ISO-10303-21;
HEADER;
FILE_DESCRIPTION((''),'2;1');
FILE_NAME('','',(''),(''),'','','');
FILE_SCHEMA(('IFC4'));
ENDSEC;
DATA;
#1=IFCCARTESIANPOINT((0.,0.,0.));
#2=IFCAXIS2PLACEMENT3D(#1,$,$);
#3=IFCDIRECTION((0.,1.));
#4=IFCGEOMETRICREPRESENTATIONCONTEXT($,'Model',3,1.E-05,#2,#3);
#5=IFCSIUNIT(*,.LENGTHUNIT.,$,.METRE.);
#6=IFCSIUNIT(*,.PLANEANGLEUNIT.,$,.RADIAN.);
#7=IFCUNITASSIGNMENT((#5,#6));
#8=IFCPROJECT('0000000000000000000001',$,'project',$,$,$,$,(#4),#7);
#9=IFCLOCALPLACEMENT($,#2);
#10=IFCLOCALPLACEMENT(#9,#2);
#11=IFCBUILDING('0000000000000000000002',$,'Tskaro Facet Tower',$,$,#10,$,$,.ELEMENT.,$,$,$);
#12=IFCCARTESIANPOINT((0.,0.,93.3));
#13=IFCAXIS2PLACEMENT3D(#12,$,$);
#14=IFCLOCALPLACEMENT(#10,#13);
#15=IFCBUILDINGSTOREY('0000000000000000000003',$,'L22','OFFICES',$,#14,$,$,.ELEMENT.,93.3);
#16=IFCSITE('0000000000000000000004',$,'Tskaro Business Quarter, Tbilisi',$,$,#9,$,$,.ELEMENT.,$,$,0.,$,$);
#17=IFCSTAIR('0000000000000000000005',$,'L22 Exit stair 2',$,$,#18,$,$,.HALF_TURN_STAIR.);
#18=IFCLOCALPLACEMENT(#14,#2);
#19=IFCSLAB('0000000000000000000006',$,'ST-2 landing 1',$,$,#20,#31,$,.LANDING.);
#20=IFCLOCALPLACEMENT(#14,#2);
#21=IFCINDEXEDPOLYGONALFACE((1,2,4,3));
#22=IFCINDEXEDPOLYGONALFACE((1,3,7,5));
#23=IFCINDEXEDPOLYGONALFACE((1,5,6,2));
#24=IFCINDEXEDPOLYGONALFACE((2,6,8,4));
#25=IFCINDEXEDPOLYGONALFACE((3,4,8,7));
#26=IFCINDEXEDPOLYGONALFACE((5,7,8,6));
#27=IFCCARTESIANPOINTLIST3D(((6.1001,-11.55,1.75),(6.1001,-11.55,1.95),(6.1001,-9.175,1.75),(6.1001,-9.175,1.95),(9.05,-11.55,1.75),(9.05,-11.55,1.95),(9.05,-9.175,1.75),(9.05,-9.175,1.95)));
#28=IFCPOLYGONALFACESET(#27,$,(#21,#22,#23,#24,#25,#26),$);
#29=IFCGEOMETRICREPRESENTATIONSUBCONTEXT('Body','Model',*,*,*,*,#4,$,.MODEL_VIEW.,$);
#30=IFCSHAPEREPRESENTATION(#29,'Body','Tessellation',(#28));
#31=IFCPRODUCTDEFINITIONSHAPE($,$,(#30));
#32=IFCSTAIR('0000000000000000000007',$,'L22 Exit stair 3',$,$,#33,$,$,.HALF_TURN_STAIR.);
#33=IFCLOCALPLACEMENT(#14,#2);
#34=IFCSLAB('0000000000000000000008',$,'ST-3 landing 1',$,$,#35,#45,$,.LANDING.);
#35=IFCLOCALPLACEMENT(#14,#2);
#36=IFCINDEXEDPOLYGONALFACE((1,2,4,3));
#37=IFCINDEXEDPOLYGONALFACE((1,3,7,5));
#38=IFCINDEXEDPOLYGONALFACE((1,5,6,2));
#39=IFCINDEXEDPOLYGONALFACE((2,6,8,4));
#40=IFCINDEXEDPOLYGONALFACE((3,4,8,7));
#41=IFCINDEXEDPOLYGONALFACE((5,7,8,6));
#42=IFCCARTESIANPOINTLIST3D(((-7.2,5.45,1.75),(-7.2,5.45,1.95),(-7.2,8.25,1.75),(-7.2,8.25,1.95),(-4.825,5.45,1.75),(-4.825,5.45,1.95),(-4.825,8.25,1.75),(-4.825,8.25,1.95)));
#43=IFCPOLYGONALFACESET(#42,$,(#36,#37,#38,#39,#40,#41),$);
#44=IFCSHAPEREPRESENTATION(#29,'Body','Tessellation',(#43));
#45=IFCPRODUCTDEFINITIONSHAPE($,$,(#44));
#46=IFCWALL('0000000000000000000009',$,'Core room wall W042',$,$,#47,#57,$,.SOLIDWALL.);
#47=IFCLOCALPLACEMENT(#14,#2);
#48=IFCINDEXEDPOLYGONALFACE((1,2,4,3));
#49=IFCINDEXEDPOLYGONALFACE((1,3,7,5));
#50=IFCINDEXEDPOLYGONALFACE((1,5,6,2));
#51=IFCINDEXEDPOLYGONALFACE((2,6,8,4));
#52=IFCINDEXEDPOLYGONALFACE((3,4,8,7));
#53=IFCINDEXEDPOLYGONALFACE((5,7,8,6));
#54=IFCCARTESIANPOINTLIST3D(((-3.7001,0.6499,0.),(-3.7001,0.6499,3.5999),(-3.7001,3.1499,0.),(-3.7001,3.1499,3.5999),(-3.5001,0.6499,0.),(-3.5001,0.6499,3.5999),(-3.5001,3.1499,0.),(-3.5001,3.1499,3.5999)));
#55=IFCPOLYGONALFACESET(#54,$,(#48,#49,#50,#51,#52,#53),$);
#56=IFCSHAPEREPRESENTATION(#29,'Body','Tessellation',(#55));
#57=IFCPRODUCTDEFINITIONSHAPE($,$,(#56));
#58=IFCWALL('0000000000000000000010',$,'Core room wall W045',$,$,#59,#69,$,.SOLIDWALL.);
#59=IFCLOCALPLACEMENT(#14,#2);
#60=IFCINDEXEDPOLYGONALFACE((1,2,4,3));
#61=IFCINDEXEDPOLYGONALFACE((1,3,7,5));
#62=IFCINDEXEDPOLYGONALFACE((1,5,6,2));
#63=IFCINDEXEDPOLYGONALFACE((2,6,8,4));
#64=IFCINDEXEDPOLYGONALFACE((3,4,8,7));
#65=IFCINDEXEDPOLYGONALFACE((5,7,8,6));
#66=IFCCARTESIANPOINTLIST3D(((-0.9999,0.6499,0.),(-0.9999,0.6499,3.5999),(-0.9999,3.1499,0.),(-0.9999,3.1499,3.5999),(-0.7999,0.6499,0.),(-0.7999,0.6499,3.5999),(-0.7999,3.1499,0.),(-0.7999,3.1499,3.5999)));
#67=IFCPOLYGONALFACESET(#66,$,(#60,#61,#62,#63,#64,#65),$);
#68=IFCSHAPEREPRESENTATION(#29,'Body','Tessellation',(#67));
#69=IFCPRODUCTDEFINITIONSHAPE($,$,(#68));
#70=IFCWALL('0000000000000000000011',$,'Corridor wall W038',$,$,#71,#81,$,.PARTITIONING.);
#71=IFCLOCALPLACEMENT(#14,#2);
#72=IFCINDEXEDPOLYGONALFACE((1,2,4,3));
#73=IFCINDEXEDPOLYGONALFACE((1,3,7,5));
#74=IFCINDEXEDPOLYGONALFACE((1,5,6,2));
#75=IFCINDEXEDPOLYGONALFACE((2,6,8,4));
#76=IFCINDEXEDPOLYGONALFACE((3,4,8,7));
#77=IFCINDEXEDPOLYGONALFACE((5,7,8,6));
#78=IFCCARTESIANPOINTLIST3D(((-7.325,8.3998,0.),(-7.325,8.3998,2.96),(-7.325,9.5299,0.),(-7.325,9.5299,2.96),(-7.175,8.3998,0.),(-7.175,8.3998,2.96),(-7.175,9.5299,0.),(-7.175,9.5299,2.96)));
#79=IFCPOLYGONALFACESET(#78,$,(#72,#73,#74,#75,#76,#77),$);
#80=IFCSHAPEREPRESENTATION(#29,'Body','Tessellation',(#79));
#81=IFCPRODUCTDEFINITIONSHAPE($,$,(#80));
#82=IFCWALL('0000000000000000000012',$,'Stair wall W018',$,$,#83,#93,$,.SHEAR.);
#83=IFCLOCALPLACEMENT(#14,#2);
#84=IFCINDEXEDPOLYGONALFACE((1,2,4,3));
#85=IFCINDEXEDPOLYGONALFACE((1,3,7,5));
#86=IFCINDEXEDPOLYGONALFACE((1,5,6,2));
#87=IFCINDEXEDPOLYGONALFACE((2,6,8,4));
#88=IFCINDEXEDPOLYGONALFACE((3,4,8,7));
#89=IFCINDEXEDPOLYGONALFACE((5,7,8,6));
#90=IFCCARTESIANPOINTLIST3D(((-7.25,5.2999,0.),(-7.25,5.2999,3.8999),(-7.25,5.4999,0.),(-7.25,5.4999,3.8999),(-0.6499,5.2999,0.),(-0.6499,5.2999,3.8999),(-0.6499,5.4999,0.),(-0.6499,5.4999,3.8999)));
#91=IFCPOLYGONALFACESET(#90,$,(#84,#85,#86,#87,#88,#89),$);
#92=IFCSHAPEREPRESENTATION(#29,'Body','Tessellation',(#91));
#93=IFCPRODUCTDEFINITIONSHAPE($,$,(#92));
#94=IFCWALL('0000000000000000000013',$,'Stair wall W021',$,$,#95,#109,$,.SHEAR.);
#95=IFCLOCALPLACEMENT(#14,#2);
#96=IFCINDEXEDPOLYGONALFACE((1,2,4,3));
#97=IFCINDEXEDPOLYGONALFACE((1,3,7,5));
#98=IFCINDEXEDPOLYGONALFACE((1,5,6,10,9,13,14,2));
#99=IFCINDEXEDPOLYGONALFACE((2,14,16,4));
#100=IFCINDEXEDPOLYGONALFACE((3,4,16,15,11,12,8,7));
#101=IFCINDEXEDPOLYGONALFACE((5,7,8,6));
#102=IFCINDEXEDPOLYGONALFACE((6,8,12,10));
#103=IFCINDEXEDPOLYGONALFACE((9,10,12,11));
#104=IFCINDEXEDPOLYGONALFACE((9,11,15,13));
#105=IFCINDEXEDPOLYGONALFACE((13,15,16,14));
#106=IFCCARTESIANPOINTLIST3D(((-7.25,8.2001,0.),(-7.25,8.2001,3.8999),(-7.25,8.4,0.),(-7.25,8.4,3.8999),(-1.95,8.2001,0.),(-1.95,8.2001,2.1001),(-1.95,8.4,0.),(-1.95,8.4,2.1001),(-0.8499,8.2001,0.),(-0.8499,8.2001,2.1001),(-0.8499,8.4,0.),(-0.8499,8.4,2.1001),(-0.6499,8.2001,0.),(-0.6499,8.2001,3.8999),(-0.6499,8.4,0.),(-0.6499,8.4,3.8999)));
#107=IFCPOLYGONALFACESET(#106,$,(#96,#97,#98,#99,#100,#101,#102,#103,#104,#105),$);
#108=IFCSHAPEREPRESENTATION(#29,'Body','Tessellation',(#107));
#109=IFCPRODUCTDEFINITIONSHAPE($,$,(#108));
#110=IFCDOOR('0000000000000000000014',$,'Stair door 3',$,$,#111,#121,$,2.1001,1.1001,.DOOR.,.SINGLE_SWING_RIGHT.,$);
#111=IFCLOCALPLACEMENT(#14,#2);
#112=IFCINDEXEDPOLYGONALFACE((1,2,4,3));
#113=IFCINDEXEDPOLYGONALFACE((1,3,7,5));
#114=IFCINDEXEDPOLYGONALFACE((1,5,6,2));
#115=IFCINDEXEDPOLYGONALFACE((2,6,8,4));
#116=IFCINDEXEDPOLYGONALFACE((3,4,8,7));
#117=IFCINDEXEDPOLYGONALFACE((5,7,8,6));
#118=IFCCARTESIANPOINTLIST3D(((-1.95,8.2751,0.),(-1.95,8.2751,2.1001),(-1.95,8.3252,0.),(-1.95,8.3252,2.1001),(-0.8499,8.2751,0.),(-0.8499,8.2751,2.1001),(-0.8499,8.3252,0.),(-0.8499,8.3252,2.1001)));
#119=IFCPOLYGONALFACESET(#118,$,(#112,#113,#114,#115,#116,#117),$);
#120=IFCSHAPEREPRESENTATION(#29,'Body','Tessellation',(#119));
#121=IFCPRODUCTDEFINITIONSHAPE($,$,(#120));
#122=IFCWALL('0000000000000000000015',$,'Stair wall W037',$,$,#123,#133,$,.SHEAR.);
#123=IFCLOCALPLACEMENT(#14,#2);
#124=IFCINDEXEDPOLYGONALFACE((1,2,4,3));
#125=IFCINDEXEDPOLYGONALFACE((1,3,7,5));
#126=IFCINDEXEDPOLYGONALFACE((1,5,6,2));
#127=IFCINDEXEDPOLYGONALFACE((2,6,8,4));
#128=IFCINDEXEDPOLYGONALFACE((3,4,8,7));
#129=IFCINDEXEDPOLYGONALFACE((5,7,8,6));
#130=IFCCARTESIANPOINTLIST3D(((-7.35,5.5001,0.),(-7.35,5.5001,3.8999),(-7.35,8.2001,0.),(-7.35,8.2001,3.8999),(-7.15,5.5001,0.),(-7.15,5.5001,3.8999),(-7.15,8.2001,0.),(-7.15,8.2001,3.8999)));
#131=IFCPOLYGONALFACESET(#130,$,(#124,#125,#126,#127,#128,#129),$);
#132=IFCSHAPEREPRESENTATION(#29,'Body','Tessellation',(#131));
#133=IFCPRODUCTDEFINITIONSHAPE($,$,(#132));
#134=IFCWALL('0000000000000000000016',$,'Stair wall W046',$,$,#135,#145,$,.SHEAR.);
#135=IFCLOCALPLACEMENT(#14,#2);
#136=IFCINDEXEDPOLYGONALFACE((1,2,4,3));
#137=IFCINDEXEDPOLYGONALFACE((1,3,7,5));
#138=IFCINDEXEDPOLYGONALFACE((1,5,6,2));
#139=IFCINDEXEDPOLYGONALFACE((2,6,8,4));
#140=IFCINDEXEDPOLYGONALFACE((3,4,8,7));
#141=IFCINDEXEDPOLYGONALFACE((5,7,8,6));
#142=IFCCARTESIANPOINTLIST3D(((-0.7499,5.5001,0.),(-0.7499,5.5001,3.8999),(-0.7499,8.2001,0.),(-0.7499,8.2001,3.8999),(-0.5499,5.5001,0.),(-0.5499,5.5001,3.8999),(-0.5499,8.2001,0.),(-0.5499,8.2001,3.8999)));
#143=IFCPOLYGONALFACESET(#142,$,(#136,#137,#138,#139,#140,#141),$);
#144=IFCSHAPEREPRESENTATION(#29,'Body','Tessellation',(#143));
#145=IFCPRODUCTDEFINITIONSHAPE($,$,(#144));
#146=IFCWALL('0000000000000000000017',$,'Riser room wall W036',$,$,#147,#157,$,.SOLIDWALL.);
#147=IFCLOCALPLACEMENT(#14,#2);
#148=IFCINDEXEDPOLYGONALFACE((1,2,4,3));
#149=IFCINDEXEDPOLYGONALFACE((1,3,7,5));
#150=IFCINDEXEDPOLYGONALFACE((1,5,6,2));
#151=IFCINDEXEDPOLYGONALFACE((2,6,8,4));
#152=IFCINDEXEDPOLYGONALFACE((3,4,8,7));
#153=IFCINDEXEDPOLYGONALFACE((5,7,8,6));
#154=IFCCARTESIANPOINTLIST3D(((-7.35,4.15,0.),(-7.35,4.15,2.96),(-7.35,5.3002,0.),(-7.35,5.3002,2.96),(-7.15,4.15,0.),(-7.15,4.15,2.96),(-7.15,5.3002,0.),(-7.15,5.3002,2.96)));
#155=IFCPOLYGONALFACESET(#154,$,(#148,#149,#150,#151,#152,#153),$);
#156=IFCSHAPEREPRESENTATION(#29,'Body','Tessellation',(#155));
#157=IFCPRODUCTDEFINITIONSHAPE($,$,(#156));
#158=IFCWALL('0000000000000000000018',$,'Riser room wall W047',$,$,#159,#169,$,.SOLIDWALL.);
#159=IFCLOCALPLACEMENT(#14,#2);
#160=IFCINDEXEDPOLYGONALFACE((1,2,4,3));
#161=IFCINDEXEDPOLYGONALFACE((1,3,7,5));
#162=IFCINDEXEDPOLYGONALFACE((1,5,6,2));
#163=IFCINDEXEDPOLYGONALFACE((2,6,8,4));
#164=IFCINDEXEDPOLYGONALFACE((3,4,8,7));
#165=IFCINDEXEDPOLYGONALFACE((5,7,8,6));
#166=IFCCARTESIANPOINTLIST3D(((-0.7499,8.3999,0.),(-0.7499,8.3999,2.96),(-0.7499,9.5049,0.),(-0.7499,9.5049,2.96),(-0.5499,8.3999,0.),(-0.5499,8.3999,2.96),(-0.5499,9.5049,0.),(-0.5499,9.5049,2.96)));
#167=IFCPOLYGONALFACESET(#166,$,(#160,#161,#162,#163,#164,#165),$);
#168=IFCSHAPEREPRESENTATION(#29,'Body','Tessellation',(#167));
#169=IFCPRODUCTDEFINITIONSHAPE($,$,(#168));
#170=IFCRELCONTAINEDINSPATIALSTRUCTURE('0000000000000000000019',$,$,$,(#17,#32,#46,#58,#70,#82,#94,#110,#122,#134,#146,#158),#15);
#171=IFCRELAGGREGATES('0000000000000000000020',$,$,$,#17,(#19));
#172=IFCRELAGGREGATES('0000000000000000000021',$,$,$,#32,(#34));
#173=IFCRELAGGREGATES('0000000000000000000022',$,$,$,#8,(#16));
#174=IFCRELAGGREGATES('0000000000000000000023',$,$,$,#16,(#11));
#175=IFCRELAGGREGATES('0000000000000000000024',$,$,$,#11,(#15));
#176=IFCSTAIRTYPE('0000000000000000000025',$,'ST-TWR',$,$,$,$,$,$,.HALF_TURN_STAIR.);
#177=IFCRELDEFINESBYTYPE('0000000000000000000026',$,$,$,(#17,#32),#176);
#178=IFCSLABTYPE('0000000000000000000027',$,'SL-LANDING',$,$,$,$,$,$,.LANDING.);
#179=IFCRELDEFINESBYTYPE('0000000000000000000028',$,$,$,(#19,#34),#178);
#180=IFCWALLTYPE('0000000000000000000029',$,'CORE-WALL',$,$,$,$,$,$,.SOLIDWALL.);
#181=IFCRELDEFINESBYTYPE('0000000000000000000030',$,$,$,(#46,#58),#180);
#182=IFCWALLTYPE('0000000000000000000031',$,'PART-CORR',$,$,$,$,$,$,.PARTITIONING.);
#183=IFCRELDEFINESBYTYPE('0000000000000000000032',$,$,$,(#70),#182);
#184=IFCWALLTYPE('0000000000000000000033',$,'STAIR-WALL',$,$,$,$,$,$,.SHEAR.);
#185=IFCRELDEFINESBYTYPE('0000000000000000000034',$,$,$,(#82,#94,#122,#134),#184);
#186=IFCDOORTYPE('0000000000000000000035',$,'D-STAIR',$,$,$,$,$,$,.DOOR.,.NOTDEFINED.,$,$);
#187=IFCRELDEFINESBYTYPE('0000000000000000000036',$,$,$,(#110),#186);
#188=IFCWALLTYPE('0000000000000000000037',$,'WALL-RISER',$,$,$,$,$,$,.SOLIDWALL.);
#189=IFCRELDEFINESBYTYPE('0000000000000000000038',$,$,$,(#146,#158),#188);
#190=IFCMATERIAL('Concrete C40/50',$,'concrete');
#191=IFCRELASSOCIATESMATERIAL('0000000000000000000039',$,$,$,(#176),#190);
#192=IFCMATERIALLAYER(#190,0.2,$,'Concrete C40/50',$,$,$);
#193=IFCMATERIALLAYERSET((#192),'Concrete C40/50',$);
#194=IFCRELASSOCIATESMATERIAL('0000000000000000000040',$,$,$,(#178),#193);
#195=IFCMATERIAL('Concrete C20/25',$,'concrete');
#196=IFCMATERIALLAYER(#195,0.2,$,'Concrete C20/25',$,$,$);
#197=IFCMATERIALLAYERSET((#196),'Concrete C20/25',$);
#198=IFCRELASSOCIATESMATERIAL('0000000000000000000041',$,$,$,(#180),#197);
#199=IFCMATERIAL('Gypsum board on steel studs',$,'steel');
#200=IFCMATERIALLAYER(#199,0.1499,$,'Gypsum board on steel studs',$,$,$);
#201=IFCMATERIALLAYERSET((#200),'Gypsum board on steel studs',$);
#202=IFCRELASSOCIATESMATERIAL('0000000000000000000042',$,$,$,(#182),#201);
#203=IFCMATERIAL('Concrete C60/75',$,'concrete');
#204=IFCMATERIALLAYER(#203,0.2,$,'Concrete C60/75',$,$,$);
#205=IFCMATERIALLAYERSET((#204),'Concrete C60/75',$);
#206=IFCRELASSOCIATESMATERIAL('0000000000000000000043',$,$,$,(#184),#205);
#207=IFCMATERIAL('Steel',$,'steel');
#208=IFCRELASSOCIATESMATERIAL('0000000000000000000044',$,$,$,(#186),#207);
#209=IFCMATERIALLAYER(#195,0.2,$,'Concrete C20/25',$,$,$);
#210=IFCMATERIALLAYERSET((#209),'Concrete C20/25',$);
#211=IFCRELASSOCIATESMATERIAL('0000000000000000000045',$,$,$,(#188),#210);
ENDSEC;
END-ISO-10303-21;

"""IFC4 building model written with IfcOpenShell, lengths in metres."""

from ifc_helpers import new_model, si_unit, direction, frame, frame_2d, origin, place, context, subcontext, project, spatial, polyline, rectangle, outline, extrude, material, layer, layer_set, type_object, element, fill, aggregate, save


model = new_model("IFC4")

# Units and contexts
model_context = context("Model", 3, precision=1e-05, world=origin(), true_north=direction((0.0, 1.0)))
body_context = subcontext(model_context, "Body", "Model", "MODEL_VIEW")
ifc_project = project(units=[si_unit("LENGTHUNIT", "METRE"), si_unit("PLANEANGLEUNIT", "RADIAN")], contexts=[model_context])

# Site, building, storey
site_placement = place(None, origin())
site = spatial("IfcSite", under=ifc_project, at=site_placement, Name="Tskaro Business Quarter, Tbilisi", CompositionType="ELEMENT", RefElevation=0.0)
building_placement = place(site_placement, origin())
building = spatial("IfcBuilding", under=site, at=building_placement, Name="Tskaro Facet Tower", CompositionType="ELEMENT")
storey_placement = place(building_placement, frame((0.0, 0.0, 93.3)))
storey = spatial("IfcBuildingStorey", under=building, at=storey_placement, Name="L22", Description="OFFICES", CompositionType="ELEMENT", Elevation=93.3)

# Stairs, slabs
ifc_material_1 = material(Name="Concrete C40/50", Category="concrete")
stair_type = type_object("IfcStairType", Name="ST-TWR", PredefinedType="HALF_TURN_STAIR", material=ifc_material_1)
ifc_layer_1 = layer(ifc_material_1, 0.2, Name="Concrete C40/50")
ifc_layer_set_1 = layer_set([ifc_layer_1], Name="Concrete C40/50")
slab_type = type_object("IfcSlabType", Name="SL-LANDING", PredefinedType="LANDING", material=ifc_layer_set_1)
stair_1_placement = place(storey_placement, origin())
stair_1 = element("IfcStair", 1, at=stair_1_placement, inside=storey, type_object=stair_type, Name="L22 Exit stair 2", PredefinedType="HALF_TURN_STAIR")
slab_1_placement = place(storey_placement, frame((0.0, 0.0, 1.75)))
slab_1 = element("IfcSlab", 2, at=slab_1_placement, type_object=slab_type, Name="ST-2 landing 1", PredefinedType="LANDING", context=body_context, shape_type="SweptSolid", body=[
    extrude(outline(polyline([(6.1001, -11.55), (9.05, -11.55), (9.05, -9.175), (6.1001, -9.175), (6.1001, -11.55)])), origin(), (0.0, 0.0, 1.0), 0.2),
])
aggregate(stair_1, [slab_1])
stair_2_placement = place(storey_placement, origin())
stair_2 = element("IfcStair", 3, at=stair_2_placement, inside=storey, type_object=stair_type, Name="L22 Exit stair 3", PredefinedType="HALF_TURN_STAIR")
slab_2_placement = place(storey_placement, frame((0.0, 0.0, 1.75)))
slab_2 = element("IfcSlab", 4, at=slab_2_placement, type_object=slab_type, Name="ST-3 landing 1", PredefinedType="LANDING", context=body_context, shape_type="SweptSolid", body=[
    extrude(outline(polyline([(-7.2, 5.45), (-4.825, 5.45), (-4.825, 8.25), (-7.2, 8.25), (-7.2, 5.45)])), origin(), (0.0, 0.0, 1.0), 0.2),
])

# Walls
ifc_material_2 = material(Name="Concrete C20/25", Category="concrete")
ifc_layer_2 = layer(ifc_material_2, 0.2, Name="Concrete C20/25")
ifc_layer_set_2 = layer_set([ifc_layer_2], Name="Concrete C20/25")
wall_type_1 = type_object("IfcWallType", Name="CORE-WALL", PredefinedType="SOLIDWALL", material=ifc_layer_set_2)
for number, where, z_axis, x_axis, name in (
    (5, (-3.6001, 0.6499, 0.0), (0.0, 0.0, 1.0), (0.0, 1.0, 0.0), "Core room wall W042"),
    (6, (-0.8999, 0.6499, 0.0), (0.0, 0.0, 1.0), (0.0, 1.0, 0.0), "Core room wall W045"),
):
    element("IfcWall", number, at=place(storey_placement, frame(where, z_axis=z_axis, x_axis=x_axis)), inside=storey, type_object=wall_type_1, Name=name, PredefinedType="SOLIDWALL", context=body_context, shape_type="SweptSolid", body=[
        extrude(rectangle(XDim=2.5, YDim=0.2, at=frame_2d((1.25, 0.0))), origin(), (0.0, 0.0, 1.0), 3.5999),
    ])
ifc_material_3 = material(Name="Gypsum board on steel studs", Category="steel")
ifc_layer_3 = layer(ifc_material_3, 0.1499, Name="Gypsum board on steel studs")
ifc_layer_set_3 = layer_set([ifc_layer_3], Name="Gypsum board on steel studs")
wall_type_2 = type_object("IfcWallType", Name="PART-CORR", PredefinedType="PARTITIONING", material=ifc_layer_set_3)
wall_1_placement = place(storey_placement, frame((-7.25, 8.3999, 0.0), z_axis=(0.0, 0.0, 1.0), x_axis=(0.0, 1.0, 0.0)))
element("IfcWall", 7, at=wall_1_placement, inside=storey, type_object=wall_type_2, Name="Corridor wall W038", PredefinedType="PARTITIONING", context=body_context, shape_type="SweptSolid", body=[
    extrude(rectangle(XDim=1.1301, YDim=0.1499, at=frame_2d((0.5649, 0.0))), origin(), (0.0, 0.0, 1.0), 2.96),
])
ifc_material_4 = material(Name="Concrete C60/75", Category="concrete")
ifc_layer_4 = layer(ifc_material_4, 0.2, Name="Concrete C60/75")
ifc_layer_set_4 = layer_set([ifc_layer_4], Name="Concrete C60/75")
wall_type_3 = type_object("IfcWallType", Name="STAIR-WALL", PredefinedType="SHEAR", material=ifc_layer_set_4)
wall_2_placement = place(storey_placement, frame((-7.25, 5.3999, 0.0), z_axis=(0.0, 0.0, 1.0), x_axis=(1.0, 0.0, 0.0)))
element("IfcWall", 8, at=wall_2_placement, inside=storey, type_object=wall_type_3, Name="Stair wall W018", PredefinedType="SHEAR", context=body_context, shape_type="SweptSolid", body=[
    extrude(rectangle(XDim=6.6001, YDim=0.2, at=frame_2d((3.3, 0.0))), origin(), (0.0, 0.0, 1.0), 3.8999),
])

# Wall, opening, door
wall_3_placement = place(storey_placement, frame((-0.6499, 8.3, 0.0), z_axis=(0.0, 0.0, 1.0), x_axis=(-1.0, 0.0, 0.0)))
wall_3 = element("IfcWall", 9, at=wall_3_placement, inside=storey, type_object=wall_type_3, Name="Stair wall W021", PredefinedType="SHEAR", context=body_context, shape_type="SweptSolid", body=[
    extrude(rectangle(XDim=6.6001, YDim=0.2, at=frame_2d((3.3, 0.0))), origin(), (0.0, 0.0, 1.0), 3.8999),
])
opening_placement = place(wall_3_placement, frame((0.2, 0.0, 0.0)))
opening = element("IfcOpeningElement", 10, at=opening_placement, cuts=wall_3, PredefinedType="OPENING", context=body_context, shape_type="SweptSolid", body=[
    extrude(rectangle(XDim=1.1001, YDim=2.1001, at=frame_2d((0.55, 1.05))), frame((0.0, 0.1099, 0.0), z_axis=(0.0, -1.0, 0.0), x_axis=(1.0, 0.0, 0.0)), (0.0, 0.0, 1.0), 0.22),
])
ifc_material_5 = material(Name="Steel", Category="steel")
door_type = type_object("IfcDoorType", Name="D-STAIR", OperationType="NOTDEFINED", PredefinedType="DOOR", material=ifc_material_5)
door_placement = place(opening_placement, origin())
door = element("IfcDoor", 11, at=door_placement, inside=storey, type_object=door_type, Name="Stair door 3", OperationType="SINGLE_SWING_RIGHT", OverallHeight=2.1001, OverallWidth=1.1001, PredefinedType="DOOR", context=body_context, shape_type="SweptSolid", body=[
    extrude(rectangle(XDim=1.1001, YDim=2.1001, at=frame_2d((0.55, 1.05))), frame((0.0, 0.0249, 0.0), z_axis=(0.0, -1.0, 0.0), x_axis=(1.0, 0.0, 0.0)), (0.0, 0.0, 1.0), 0.05),
])
fill(opening, door)

# Walls
for number, where, z_axis, x_axis, name in (
    (12, (-7.25, 5.5, 0.0), (0.0, 0.0, 1.0), (0.0, 1.0, 0.0), "Stair wall W037"),
    (13, (-0.6499, 5.5, 0.0), (0.0, 0.0, 1.0), (0.0, 1.0, 0.0), "Stair wall W046"),
):
    element("IfcWall", number, at=place(storey_placement, frame(where, z_axis=z_axis, x_axis=x_axis)), inside=storey, type_object=wall_type_3, Name=name, PredefinedType="SHEAR", context=body_context, shape_type="SweptSolid", body=[
        extrude(rectangle(XDim=2.7, YDim=0.2, at=frame_2d((1.3501, 0.0))), origin(), (0.0, 0.0, 1.0), 3.8999),
    ])
ifc_layer_5 = layer(ifc_material_2, 0.2, Name="Concrete C20/25")
ifc_layer_set_5 = layer_set([ifc_layer_5], Name="Concrete C20/25")
wall_type_4 = type_object("IfcWallType", Name="WALL-RISER", PredefinedType="SOLIDWALL", material=ifc_layer_set_5)
wall_4_placement = place(storey_placement, frame((-7.25, 4.1499, 0.0), z_axis=(0.0, 0.0, 1.0), x_axis=(0.0, 1.0, 0.0)))
element("IfcWall", 14, at=wall_4_placement, inside=storey, type_object=wall_type_4, Name="Riser room wall W036", PredefinedType="SOLIDWALL", context=body_context, shape_type="SweptSolid", body=[
    extrude(rectangle(XDim=1.1501, YDim=0.2, at=frame_2d((0.5752, 0.0))), origin(), (0.0, 0.0, 1.0), 2.96),
])
wall_5_placement = place(storey_placement, frame((-0.6499, 8.3999, 0.0), z_axis=(0.0, 0.0, 1.0), x_axis=(0.0, 1.0, 0.0)))
element("IfcWall", 15, at=wall_5_placement, inside=storey, type_object=wall_type_4, Name="Riser room wall W047", PredefinedType="SOLIDWALL", context=body_context, shape_type="SweptSolid", body=[
    extrude(rectangle(XDim=1.105, YDim=0.2, at=frame_2d((0.5525, 0.0))), origin(), (0.0, 0.0, 1.0), 2.96),
])

aggregate(stair_2, [slab_2])

save(model, "model.ifc")
